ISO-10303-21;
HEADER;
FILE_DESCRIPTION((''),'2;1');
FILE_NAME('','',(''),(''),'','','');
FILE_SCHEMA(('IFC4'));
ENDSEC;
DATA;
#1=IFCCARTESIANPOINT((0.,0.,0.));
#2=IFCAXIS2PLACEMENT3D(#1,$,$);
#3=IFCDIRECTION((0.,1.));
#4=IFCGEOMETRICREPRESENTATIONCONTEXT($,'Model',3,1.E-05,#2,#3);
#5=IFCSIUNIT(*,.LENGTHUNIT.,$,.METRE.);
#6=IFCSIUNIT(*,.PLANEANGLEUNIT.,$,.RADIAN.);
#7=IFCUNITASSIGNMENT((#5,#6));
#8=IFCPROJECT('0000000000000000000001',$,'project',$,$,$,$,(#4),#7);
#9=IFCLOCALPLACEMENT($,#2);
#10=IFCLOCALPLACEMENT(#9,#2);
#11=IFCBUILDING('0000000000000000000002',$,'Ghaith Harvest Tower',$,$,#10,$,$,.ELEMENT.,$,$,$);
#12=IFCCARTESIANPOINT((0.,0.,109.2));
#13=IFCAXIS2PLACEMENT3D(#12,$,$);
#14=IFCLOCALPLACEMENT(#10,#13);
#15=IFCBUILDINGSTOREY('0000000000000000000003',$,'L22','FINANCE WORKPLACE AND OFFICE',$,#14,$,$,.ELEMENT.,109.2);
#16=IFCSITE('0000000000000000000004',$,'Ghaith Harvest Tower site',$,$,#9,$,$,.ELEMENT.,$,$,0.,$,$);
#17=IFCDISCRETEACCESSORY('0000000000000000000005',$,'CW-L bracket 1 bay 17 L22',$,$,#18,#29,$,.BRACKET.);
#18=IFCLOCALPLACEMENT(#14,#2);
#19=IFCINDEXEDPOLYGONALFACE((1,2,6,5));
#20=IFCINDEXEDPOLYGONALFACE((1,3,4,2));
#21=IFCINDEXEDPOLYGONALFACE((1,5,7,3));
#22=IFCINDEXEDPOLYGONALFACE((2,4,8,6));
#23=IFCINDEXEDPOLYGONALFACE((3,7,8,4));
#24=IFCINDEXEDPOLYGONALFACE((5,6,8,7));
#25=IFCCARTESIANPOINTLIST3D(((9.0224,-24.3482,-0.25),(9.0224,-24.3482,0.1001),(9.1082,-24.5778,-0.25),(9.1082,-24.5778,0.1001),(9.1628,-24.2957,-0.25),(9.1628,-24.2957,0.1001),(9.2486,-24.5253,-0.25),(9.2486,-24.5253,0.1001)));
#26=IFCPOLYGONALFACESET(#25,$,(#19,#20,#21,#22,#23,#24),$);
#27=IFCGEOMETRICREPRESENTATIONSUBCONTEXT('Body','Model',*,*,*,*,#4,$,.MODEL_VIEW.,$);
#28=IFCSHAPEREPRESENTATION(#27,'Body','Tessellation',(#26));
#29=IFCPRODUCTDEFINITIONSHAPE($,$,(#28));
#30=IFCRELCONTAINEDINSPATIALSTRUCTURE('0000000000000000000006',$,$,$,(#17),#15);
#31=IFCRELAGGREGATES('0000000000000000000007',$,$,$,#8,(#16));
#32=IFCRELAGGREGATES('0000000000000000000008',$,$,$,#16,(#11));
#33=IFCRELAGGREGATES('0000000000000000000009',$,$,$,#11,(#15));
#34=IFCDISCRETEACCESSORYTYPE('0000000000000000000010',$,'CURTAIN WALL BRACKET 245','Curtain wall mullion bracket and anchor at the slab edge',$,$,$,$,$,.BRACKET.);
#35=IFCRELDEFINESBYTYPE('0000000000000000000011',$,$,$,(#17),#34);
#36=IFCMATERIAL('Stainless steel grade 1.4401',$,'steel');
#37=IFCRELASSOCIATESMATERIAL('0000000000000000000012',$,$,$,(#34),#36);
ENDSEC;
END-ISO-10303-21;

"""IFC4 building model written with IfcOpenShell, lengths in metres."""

from ifc_helpers import new_model, si_unit, direction, frame, origin, origin_2d, place, context, subcontext, project, spatial, rectangle, extrude, material, type_object, element, save


model = new_model("IFC4")

# Units and contexts
model_context = context("Model", 3, precision=1e-05, world=origin(), true_north=direction((0.0, 1.0)))
body_context = subcontext(model_context, "Body", "Model", "MODEL_VIEW")
ifc_project = project(units=[si_unit("LENGTHUNIT", "METRE"), si_unit("PLANEANGLEUNIT", "RADIAN")], contexts=[model_context])

# Site, building, storey
site_placement = place(None, origin())
site = spatial("IfcSite", under=ifc_project, at=site_placement, Name="Ghaith Harvest Tower site", CompositionType="ELEMENT", RefElevation=0.0)
building_placement = place(site_placement, origin())
building = spatial("IfcBuilding", under=site, at=building_placement, Name="Ghaith Harvest Tower", CompositionType="ELEMENT")
storey_placement = place(building_placement, frame((0.0, 0.0, 109.2)))
storey = spatial("IfcBuildingStorey", under=building, at=storey_placement, Name="L22", Description="FINANCE WORKPLACE AND OFFICE", CompositionType="ELEMENT", Elevation=109.2)

# Discrete accessory
ifc_material_1 = material(Name="Stainless steel grade 1.4401", Category="steel")
discrete_accessory_type = type_object("IfcDiscreteAccessoryType", Name="CURTAIN WALL BRACKET 245", Description="Curtain wall mullion bracket and anchor at the slab edge", PredefinedType="BRACKET", material=ifc_material_1)
discrete_accessory_placement = place(storey_placement, frame((9.1355, -24.4368, -0.25), z_axis=(0.0, 0.0, 1.0), x_axis=(0.350168, -0.936687, 0.0)))
element("IfcDiscreteAccessory", 1, at=discrete_accessory_placement, inside=storey, type_object=discrete_accessory_type, Name="CW-L bracket 1 bay 17 L22", PredefinedType="BRACKET", context=body_context, shape_type="SweptSolid", body=[
    extrude(rectangle(XDim=0.2451, YDim=0.1499, at=origin_2d()), origin(), (0.0, 0.0, 1.0), 0.3501),
])

save(model, "model.ifc")
